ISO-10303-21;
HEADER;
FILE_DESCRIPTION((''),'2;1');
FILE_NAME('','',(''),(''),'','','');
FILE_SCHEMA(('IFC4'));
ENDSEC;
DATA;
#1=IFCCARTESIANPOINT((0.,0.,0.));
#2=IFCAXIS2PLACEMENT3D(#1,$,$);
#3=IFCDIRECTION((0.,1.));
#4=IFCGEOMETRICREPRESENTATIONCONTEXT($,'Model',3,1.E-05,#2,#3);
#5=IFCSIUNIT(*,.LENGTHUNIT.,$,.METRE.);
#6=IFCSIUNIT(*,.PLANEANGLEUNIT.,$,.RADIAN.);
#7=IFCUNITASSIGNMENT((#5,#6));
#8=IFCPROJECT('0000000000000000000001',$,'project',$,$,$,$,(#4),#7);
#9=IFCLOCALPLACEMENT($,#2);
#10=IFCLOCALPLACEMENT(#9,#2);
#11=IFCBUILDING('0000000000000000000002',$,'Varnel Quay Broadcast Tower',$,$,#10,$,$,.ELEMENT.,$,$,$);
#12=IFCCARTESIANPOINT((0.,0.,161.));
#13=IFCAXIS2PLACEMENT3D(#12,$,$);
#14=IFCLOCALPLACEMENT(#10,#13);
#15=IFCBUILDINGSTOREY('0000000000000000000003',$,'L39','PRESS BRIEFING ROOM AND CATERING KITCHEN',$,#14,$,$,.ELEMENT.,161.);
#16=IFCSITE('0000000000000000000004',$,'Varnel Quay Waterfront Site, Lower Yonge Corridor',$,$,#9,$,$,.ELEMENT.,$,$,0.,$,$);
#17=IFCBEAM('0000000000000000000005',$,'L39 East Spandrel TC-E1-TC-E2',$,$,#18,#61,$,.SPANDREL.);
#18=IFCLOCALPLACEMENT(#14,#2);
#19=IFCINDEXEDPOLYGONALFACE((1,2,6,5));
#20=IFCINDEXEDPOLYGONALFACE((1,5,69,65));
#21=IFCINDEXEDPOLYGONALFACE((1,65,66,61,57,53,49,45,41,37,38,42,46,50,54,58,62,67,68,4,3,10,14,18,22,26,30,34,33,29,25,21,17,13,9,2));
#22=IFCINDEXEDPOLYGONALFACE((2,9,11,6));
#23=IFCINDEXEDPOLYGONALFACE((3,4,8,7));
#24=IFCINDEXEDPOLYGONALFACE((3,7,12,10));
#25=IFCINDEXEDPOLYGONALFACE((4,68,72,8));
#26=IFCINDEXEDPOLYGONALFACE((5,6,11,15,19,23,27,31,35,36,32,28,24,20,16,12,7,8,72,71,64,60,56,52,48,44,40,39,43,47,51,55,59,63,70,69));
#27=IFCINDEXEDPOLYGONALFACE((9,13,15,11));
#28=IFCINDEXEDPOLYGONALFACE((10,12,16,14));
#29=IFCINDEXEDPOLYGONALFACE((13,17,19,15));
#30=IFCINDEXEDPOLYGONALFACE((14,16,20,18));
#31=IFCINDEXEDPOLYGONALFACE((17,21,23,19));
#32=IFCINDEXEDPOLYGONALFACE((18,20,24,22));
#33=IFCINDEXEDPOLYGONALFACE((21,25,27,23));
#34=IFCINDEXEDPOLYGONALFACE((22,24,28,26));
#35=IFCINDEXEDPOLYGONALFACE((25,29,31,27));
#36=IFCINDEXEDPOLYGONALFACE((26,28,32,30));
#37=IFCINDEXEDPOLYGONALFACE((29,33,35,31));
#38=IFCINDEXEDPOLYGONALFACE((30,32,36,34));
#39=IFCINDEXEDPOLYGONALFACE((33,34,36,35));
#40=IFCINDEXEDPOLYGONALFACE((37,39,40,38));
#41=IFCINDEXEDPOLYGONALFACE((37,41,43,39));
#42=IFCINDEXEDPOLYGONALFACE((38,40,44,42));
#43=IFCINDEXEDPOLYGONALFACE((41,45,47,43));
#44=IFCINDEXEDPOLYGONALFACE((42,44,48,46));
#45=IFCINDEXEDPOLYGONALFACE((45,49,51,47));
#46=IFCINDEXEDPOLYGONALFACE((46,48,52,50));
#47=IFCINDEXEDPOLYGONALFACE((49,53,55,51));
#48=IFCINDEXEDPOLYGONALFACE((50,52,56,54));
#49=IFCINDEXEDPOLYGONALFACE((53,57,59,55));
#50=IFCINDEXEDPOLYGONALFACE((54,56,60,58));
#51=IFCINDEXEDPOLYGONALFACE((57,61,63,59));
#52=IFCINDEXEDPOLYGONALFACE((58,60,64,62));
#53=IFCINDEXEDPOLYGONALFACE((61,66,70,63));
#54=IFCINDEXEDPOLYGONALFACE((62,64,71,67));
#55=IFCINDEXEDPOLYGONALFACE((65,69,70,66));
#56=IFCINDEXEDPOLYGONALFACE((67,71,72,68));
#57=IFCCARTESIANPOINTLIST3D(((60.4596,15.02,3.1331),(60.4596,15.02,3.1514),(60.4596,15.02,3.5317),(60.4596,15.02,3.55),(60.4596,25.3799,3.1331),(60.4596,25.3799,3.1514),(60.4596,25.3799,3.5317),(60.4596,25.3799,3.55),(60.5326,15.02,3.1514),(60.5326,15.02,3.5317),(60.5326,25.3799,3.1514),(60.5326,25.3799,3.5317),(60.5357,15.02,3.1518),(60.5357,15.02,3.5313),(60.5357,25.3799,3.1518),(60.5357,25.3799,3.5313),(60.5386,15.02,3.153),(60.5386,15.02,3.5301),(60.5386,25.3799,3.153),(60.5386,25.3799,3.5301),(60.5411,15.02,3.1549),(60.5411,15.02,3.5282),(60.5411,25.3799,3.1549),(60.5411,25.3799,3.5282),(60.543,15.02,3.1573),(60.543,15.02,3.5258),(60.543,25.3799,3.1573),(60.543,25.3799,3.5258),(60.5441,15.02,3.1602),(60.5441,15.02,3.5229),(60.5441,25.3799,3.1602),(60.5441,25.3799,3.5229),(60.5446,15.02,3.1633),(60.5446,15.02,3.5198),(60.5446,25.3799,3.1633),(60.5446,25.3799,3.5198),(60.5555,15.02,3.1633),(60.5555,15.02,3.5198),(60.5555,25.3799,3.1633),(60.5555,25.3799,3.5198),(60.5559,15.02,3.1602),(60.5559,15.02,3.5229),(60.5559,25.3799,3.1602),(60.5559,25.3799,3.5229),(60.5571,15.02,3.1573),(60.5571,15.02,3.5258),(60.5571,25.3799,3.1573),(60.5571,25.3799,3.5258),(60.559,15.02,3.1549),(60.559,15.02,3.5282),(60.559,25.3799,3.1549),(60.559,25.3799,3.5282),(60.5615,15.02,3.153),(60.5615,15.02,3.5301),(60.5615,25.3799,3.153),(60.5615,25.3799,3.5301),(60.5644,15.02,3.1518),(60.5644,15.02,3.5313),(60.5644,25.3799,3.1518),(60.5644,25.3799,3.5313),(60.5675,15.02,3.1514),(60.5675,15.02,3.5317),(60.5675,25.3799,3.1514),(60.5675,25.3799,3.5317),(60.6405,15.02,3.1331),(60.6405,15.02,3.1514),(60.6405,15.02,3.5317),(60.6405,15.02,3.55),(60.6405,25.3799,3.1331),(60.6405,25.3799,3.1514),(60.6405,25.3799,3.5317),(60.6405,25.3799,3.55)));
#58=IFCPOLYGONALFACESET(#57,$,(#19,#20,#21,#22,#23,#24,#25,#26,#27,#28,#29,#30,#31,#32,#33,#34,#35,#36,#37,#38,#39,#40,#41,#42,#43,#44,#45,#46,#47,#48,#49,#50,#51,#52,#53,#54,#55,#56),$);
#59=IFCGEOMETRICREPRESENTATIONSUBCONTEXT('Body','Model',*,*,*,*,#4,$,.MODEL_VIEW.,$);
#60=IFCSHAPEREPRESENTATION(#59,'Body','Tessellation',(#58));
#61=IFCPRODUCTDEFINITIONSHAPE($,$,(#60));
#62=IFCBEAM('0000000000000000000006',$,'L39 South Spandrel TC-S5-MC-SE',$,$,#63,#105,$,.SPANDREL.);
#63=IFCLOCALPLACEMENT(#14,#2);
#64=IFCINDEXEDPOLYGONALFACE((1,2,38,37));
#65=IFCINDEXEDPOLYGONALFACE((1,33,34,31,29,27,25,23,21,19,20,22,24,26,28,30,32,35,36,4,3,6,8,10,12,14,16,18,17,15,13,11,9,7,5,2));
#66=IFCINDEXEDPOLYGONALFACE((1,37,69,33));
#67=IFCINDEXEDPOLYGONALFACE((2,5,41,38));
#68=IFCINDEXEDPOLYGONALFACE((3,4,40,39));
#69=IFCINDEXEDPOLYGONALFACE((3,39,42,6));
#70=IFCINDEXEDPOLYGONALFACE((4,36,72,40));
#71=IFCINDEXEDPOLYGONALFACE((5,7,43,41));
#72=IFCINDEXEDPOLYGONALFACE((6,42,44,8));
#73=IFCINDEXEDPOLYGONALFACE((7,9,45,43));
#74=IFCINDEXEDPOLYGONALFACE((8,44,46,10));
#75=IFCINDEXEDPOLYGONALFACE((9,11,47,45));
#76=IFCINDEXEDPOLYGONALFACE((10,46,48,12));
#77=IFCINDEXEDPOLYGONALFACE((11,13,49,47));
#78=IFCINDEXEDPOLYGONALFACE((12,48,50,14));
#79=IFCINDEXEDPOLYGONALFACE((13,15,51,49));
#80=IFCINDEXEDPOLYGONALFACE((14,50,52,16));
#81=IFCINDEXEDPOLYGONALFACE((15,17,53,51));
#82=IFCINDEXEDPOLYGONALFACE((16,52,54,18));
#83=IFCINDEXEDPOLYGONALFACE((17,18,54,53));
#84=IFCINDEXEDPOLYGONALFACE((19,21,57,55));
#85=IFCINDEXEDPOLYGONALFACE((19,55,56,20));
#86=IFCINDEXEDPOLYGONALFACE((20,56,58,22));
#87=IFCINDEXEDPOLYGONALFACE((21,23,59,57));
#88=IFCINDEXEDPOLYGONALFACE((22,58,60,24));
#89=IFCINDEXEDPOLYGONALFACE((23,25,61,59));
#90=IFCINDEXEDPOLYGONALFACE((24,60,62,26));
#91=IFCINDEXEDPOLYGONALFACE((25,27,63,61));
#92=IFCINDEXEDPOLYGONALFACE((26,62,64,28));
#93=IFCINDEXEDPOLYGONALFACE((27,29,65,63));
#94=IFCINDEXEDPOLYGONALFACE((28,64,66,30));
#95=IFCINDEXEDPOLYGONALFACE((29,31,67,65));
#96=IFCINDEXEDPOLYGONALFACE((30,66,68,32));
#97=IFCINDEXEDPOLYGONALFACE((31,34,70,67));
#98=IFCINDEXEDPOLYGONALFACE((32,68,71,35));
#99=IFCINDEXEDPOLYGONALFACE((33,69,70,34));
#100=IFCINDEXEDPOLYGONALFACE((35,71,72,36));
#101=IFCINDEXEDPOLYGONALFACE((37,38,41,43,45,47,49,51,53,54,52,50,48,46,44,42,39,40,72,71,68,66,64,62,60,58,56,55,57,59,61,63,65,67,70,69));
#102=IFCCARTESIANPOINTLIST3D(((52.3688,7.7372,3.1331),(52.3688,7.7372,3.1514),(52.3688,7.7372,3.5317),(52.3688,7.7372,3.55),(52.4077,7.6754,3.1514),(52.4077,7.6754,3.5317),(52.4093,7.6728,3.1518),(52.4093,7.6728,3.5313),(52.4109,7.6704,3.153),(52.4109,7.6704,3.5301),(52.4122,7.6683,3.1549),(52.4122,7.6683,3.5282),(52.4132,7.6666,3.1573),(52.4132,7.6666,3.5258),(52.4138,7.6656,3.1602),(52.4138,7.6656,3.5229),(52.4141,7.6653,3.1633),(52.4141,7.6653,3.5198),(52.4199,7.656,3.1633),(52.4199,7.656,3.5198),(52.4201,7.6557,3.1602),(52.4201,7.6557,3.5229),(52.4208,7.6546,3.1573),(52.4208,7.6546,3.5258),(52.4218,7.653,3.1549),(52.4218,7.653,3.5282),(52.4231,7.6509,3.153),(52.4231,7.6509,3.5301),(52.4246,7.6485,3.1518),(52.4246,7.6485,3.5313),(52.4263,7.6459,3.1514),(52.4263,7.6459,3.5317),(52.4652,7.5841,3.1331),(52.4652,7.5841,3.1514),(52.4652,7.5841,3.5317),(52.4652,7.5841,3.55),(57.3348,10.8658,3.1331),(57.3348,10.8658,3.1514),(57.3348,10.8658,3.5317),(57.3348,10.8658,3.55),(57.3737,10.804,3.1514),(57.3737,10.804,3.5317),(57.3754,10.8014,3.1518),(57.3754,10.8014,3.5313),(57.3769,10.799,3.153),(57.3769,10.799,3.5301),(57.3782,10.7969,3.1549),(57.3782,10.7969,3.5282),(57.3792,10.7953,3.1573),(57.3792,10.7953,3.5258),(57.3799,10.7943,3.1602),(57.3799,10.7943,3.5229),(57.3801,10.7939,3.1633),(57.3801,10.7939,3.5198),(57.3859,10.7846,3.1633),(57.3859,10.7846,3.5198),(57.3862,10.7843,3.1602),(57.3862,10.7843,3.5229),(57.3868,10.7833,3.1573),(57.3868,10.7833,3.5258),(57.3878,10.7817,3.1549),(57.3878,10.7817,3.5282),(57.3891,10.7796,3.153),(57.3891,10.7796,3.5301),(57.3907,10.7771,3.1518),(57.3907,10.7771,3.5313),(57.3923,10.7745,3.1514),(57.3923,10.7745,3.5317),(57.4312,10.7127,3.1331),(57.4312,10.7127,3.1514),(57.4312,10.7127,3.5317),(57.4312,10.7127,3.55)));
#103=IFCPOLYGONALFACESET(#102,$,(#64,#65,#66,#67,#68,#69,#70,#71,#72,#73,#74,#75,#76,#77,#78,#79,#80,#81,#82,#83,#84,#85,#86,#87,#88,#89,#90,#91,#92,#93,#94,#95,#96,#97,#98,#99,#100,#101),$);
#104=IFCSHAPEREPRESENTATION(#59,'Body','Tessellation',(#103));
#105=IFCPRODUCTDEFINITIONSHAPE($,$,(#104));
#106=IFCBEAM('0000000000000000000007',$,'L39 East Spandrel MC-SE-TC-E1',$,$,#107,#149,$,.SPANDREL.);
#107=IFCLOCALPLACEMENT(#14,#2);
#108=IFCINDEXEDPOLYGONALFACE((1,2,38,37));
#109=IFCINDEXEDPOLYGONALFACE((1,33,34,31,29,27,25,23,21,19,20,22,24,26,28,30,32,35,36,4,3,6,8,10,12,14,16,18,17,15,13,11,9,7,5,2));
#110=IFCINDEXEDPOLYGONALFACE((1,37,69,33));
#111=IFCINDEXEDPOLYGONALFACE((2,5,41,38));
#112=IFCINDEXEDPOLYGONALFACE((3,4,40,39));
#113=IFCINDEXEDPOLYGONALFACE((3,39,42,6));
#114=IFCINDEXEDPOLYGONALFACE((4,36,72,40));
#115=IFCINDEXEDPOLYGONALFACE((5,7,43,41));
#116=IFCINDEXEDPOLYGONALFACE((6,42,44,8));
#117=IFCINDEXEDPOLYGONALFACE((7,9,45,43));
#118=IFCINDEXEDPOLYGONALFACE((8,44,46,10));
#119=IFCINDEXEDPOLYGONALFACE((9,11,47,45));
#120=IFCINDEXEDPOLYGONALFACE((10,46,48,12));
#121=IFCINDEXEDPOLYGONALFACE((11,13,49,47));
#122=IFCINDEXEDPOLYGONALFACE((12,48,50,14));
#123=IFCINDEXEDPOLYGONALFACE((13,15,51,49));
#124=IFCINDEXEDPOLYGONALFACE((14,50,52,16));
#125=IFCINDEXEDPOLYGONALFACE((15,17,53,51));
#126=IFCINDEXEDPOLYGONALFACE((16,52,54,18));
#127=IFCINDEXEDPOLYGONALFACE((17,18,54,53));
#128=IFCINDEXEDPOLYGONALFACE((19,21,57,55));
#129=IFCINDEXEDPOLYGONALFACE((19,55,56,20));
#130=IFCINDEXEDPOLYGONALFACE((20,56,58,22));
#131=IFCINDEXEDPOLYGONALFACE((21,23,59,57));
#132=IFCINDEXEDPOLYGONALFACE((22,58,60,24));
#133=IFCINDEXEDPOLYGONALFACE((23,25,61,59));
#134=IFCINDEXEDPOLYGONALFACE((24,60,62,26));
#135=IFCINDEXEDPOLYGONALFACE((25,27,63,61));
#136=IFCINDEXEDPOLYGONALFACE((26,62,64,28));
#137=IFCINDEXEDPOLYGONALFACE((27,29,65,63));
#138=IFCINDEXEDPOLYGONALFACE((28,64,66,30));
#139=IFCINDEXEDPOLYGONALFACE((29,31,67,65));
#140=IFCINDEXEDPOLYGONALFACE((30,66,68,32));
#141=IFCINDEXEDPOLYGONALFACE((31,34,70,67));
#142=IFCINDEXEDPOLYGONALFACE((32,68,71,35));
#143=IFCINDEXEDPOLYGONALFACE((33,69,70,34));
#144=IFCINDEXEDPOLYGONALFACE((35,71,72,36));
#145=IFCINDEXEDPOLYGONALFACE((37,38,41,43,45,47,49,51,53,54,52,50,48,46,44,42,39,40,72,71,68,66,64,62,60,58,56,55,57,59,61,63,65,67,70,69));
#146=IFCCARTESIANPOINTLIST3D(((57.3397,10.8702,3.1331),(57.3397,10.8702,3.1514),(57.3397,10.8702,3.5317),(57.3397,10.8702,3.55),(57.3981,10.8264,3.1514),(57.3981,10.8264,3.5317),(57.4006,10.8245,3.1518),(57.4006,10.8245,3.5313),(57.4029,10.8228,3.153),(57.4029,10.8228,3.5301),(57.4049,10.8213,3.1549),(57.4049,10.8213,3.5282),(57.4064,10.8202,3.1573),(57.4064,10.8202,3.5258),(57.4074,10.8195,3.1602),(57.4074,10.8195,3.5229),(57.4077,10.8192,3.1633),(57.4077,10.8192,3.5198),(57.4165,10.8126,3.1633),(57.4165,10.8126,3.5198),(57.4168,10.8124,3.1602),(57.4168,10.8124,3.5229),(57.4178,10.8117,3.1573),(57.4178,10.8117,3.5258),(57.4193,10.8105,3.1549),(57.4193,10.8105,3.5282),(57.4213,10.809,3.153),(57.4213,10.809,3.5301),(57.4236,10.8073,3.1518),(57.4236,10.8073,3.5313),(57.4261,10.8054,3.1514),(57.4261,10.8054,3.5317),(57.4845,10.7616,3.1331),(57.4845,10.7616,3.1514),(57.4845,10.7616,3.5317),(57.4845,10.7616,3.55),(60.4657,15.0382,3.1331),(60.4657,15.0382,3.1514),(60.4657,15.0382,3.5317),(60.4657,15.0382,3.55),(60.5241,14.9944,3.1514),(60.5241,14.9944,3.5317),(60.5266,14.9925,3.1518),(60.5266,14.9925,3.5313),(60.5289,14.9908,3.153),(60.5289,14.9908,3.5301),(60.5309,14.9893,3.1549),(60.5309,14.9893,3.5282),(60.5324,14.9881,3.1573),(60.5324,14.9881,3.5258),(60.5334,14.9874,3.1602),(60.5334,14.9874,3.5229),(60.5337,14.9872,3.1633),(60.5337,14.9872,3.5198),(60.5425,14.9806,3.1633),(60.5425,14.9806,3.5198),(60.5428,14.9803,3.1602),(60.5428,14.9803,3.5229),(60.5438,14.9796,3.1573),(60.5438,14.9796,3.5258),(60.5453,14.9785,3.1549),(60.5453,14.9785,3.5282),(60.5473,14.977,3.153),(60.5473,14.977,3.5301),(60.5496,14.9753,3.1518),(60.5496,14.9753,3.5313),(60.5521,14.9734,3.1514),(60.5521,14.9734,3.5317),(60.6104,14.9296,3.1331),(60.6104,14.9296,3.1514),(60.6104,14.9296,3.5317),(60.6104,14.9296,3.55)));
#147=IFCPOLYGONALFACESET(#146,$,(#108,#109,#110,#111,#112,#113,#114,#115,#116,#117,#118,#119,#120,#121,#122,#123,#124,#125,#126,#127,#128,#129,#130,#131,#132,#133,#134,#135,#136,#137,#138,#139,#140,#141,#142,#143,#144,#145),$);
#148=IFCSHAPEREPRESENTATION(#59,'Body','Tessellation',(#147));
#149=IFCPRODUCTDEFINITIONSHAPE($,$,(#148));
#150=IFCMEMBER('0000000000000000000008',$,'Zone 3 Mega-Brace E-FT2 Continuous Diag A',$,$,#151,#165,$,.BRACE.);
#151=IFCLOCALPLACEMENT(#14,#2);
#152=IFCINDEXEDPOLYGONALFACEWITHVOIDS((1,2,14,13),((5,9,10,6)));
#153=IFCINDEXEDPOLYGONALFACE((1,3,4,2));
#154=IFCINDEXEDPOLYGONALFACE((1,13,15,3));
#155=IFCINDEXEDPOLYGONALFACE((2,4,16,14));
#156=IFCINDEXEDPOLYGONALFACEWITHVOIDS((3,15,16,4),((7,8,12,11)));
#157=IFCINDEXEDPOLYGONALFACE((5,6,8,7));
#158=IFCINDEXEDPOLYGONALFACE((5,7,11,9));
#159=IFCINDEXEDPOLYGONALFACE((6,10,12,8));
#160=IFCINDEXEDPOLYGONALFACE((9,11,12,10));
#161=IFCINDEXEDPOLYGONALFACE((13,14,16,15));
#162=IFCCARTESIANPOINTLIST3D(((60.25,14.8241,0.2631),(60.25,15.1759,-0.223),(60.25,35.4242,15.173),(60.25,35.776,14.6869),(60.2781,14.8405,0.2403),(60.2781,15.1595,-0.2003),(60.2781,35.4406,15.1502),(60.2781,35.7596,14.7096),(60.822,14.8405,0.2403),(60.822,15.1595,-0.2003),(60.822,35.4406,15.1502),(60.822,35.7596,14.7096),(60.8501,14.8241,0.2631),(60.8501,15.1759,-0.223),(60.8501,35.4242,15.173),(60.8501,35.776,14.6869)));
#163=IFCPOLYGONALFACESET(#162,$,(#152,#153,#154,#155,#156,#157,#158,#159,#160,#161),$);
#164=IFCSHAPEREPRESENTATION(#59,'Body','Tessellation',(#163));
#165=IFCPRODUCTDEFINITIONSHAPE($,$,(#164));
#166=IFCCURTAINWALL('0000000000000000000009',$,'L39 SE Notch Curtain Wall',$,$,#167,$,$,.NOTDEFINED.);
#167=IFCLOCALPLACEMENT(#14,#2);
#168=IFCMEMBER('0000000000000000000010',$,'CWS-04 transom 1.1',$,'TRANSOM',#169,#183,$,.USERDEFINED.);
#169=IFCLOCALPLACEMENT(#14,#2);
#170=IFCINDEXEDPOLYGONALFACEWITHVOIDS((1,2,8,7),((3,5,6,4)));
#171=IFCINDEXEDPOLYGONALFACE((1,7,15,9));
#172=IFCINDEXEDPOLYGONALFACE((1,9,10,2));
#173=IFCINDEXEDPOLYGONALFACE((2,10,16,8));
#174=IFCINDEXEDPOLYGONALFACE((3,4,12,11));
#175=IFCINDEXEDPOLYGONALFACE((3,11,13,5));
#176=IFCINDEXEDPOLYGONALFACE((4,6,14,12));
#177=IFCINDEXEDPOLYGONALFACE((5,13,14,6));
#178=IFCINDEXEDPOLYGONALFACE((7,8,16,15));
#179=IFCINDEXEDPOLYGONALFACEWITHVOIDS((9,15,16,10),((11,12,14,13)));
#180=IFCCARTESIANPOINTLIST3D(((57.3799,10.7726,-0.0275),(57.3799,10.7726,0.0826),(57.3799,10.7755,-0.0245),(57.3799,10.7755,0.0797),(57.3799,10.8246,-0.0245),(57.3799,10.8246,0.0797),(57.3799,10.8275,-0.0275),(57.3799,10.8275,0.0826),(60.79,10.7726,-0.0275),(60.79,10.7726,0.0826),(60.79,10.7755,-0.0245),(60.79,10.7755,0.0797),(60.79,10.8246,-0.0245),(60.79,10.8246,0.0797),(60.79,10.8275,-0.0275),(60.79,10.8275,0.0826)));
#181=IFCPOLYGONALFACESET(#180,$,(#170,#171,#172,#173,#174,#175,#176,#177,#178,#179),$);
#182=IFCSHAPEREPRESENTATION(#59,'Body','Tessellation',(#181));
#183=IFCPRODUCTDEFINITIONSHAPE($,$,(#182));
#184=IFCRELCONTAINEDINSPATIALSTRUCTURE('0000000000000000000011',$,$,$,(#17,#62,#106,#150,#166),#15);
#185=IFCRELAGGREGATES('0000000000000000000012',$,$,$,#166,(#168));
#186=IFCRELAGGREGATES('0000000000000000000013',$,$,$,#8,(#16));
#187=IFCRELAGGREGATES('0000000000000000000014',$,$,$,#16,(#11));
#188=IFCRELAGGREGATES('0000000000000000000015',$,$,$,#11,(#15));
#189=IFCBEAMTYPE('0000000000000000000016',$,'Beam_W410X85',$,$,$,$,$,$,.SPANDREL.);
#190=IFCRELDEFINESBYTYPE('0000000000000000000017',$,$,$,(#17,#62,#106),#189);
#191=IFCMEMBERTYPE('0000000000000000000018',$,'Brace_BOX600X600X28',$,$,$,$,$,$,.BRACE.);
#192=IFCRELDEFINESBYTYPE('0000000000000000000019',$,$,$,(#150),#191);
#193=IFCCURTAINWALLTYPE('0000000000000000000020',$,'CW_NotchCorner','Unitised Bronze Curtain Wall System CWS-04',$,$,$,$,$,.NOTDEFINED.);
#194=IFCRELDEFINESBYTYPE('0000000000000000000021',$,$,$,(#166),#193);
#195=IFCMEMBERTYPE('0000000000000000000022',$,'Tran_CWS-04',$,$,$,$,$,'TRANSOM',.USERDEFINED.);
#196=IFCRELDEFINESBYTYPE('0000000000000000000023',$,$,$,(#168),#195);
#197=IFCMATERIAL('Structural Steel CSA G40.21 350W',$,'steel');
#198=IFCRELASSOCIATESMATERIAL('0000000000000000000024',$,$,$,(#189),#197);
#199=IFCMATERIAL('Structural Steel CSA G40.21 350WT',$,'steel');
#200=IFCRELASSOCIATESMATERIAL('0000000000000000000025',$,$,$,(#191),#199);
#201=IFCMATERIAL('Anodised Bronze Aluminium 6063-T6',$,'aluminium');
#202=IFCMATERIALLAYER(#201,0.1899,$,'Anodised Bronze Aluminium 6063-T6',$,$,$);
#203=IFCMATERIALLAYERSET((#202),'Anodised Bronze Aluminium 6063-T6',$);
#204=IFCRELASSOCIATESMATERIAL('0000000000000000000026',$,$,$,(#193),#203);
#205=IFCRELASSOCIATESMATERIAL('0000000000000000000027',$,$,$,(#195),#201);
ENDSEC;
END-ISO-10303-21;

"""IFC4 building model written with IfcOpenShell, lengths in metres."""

from ifc_helpers import new_model, si_unit, direction, frame, origin, origin_2d, place, context, subcontext, project, spatial, hollow_rectangle, i_section, extrude, source, transform, mapped, material, layer, layer_set, material_profile, profile_set, type_object, type_shapes, element, aggregate, save


model = new_model("IFC4")

# Units and contexts
model_context = context("Model", 3, precision=1e-05, world=origin(), true_north=direction((0.0, 1.0)))
body_context = subcontext(model_context, "Body", "Model", "MODEL_VIEW")
ifc_project = project(units=[si_unit("LENGTHUNIT", "METRE"), si_unit("PLANEANGLEUNIT", "RADIAN")], contexts=[model_context])

# Site, building, storey
site_placement = place(None, origin())
site = spatial("IfcSite", under=ifc_project, at=site_placement, Name="Varnel Quay Waterfront Site, Lower Yonge Corridor", CompositionType="ELEMENT", RefElevation=0.0)
building_placement = place(site_placement, origin())
building = spatial("IfcBuilding", under=site, at=building_placement, Name="Varnel Quay Broadcast Tower", CompositionType="ELEMENT")
storey_placement = place(building_placement, frame((0.0, 0.0, 161.0)))
storey = spatial("IfcBuildingStorey", under=building, at=storey_placement, Name="L39", Description="PRESS BRIEFING ROOM AND CATERING KITCHEN", CompositionType="ELEMENT", Elevation=161.0)

# Shared definitions
ifc_material_1 = material(Name="Structural Steel CSA G40.21 350WT", Category="steel")
ifc_material_2 = material(Name="Structural Steel CSA G40.21 350W", Category="steel")

# Beams
ifc_material_profile_1 = material_profile(ifc_material_2, i_section(OverallWidth=0.1809, OverallDepth=0.417, WebThickness=0.011, FlangeThickness=0.0183, FilletRadius=0.012, at=origin_2d()), Name="W410X85")
ifc_profile_set_1 = profile_set([ifc_material_profile_1], Name="Structural Steel CSA G40.21 350W")
beam_type = type_object("IfcBeamType", Name="Beam_W410X85", PredefinedType="SPANDREL", material=ifc_profile_set_1)
shared_shape_1 = source(origin(), body_context, "Body", "SweptSolid", [
    extrude(i_section(OverallWidth=0.1809, OverallDepth=0.417, WebThickness=0.011, FlangeThickness=0.0183, FilletRadius=0.012, at=origin_2d()), origin(), (0.0, 0.0, 1.0), 10.3599),
])
beam_1_placement = place(storey_placement, frame((60.55, 15.02, 3.3416), z_axis=(0.0, 1.0, 0.0), x_axis=(-1.0, 0.0, 0.0)))
element("IfcBeam", 1, at=beam_1_placement, inside=storey, type_object=beam_type, Name="L39 East Spandrel TC-E1-TC-E2", PredefinedType="SPANDREL", context=body_context, shape_type="MappedRepresentation", body=[
    mapped(shared_shape_1, transform((0.0, 0.0, 0.0), x_axis=(1.0, 0.0, 0.0), y_axis=(0.0, 1.0, 0.0), z_axis=(0.0, 0.0, 1.0), scale=1.0)),
])
shared_shape_2 = source(origin(), body_context, "Body", "SweptSolid", [
    extrude(i_section(OverallWidth=0.1809, OverallDepth=0.417, WebThickness=0.011, FlangeThickness=0.0183, FilletRadius=0.012, at=origin_2d()), origin(), (0.0, 0.0, 1.0), 5.8694),
])
beam_2_placement = place(storey_placement, frame((52.417, 7.6606, 3.3416), z_axis=(0.846088, 0.533043, 0.0), x_axis=(-0.533043, 0.846088, 0.0)))
element("IfcBeam", 2, at=beam_2_placement, inside=storey, type_object=beam_type, Name="L39 South Spandrel TC-S5-MC-SE", PredefinedType="SPANDREL", context=body_context, shape_type="MappedRepresentation", body=[
    mapped(shared_shape_2, transform((0.0, 0.0, 0.0), x_axis=(1.0, 0.0, 0.0), y_axis=(0.0, 1.0, 0.0), z_axis=(0.0, 0.0, 1.0), scale=1.0)),
])
shared_shape_3 = source(origin(), body_context, "Body", "SweptSolid", [
    extrude(i_section(OverallWidth=0.1809, OverallDepth=0.417, WebThickness=0.011, FlangeThickness=0.0183, FilletRadius=0.012, at=origin_2d()), origin(), (0.0, 0.0, 1.0), 5.21),
])
type_shapes(beam_type, [shared_shape_1, shared_shape_2, shared_shape_3])
beam_3_placement = place(storey_placement, frame((57.4121, 10.8159, 3.3416), z_axis=(0.6, 0.8, 0.0), x_axis=(-0.8, 0.6, 0.0)))
element("IfcBeam", 3, at=beam_3_placement, inside=storey, type_object=beam_type, Name="L39 East Spandrel MC-SE-TC-E1", PredefinedType="SPANDREL", context=body_context, shape_type="MappedRepresentation", body=[
    mapped(shared_shape_3, transform((0.0, 0.0, 0.0), x_axis=(1.0, 0.0, 0.0), y_axis=(0.0, 1.0, 0.0), z_axis=(0.0, 0.0, 1.0), scale=1.0)),
])

# Member
ifc_material_profile_2 = material_profile(ifc_material_1, hollow_rectangle(XDim=0.6001, YDim=0.6001, WallThickness=0.0281, at=origin_2d()), Name="BOX600X600X28")
ifc_profile_set_2 = profile_set([ifc_material_profile_2], Name="Structural Steel CSA G40.21 350WT")
member_type_1 = type_object("IfcMemberType", Name="Brace_BOX600X600X28", PredefinedType="BRACE", material=ifc_profile_set_2)
shared_shape_4 = source(origin(), body_context, "Body", "SweptSolid", [
    extrude(hollow_rectangle(XDim=0.6001, YDim=0.6001, WallThickness=0.0281, at=origin_2d()), origin(), (0.0, 0.0, 1.0), 25.4297),
])
type_shapes(member_type_1, [shared_shape_4])
member_1_placement = place(storey_placement, frame((60.55, 15.0, 0.02), z_axis=(0.0, 0.81008, 0.586319), x_axis=(-1.0, 0.0, 0.0)))
element("IfcMember", 4, at=member_1_placement, inside=storey, type_object=member_type_1, Name="Zone 3 Mega-Brace E-FT2 Continuous Diag A", PredefinedType="BRACE", context=body_context, shape_type="MappedRepresentation", body=[
    mapped(shared_shape_4, transform((0.0, 0.0, 0.0), x_axis=(1.0, 0.0, 0.0), y_axis=(0.0, 1.0, 0.0), z_axis=(0.0, 0.0, 1.0), scale=1.0)),
])

# Curtain wall, member
ifc_material_3 = material(Name="Anodised Bronze Aluminium 6063-T6", Category="aluminium")
ifc_layer_1 = layer(ifc_material_3, 0.1899, Name="Anodised Bronze Aluminium 6063-T6")
ifc_layer_set_1 = layer_set([ifc_layer_1], Name="Anodised Bronze Aluminium 6063-T6")
curtain_wall_type_1 = type_object("IfcCurtainWallType", Name="CW_NotchCorner", Description="Unitised Bronze Curtain Wall System CWS-04", PredefinedType="NOTDEFINED", material=ifc_layer_set_1)
curtain_wall_1_placement = place(storey_placement, origin())
curtain_wall_1 = element("IfcCurtainWall", 5, at=curtain_wall_1_placement, inside=storey, type_object=curtain_wall_type_1, Name="L39 SE Notch Curtain Wall", PredefinedType="NOTDEFINED")
ifc_material_profile_3 = material_profile(ifc_material_3, hollow_rectangle(XDim=0.0549, YDim=0.1101, WallThickness=0.0029, at=origin_2d()), Name="ALU55X110X3")
ifc_profile_set_3 = profile_set([ifc_material_profile_3], Name="Anodised Bronze Aluminium 6063-T6")
member_type_2 = type_object("IfcMemberType", Name="Tran_CWS-04", ElementType="TRANSOM", PredefinedType="USERDEFINED", material=ifc_profile_set_3)
shared_shape_5 = source(origin(), body_context, "Body", "SweptSolid", [
    extrude(hollow_rectangle(XDim=0.0549, YDim=0.1101, WallThickness=0.0029, at=origin_2d()), origin(), (0.0, 0.0, 1.0), 3.4102),
])
type_shapes(member_type_2, [shared_shape_5])
member_2_placement = place(storey_placement, frame((57.3799, 10.8, 0.0276), z_axis=(1.0, 0.0, 0.0), x_axis=(0.0, 1.0, 0.0)))
member_2 = element("IfcMember", 6, at=member_2_placement, type_object=member_type_2, Name="CWS-04 transom 1.1", ObjectType="TRANSOM", PredefinedType="USERDEFINED", context=body_context, shape_type="MappedRepresentation", body=[
    mapped(shared_shape_5, transform((0.0, 0.0, 0.0), x_axis=(1.0, 0.0, 0.0), y_axis=(0.0, 1.0, 0.0), z_axis=(0.0, 0.0, 1.0), scale=1.0)),
])

aggregate(curtain_wall_1, [member_2])

save(model, "model.ifc")
